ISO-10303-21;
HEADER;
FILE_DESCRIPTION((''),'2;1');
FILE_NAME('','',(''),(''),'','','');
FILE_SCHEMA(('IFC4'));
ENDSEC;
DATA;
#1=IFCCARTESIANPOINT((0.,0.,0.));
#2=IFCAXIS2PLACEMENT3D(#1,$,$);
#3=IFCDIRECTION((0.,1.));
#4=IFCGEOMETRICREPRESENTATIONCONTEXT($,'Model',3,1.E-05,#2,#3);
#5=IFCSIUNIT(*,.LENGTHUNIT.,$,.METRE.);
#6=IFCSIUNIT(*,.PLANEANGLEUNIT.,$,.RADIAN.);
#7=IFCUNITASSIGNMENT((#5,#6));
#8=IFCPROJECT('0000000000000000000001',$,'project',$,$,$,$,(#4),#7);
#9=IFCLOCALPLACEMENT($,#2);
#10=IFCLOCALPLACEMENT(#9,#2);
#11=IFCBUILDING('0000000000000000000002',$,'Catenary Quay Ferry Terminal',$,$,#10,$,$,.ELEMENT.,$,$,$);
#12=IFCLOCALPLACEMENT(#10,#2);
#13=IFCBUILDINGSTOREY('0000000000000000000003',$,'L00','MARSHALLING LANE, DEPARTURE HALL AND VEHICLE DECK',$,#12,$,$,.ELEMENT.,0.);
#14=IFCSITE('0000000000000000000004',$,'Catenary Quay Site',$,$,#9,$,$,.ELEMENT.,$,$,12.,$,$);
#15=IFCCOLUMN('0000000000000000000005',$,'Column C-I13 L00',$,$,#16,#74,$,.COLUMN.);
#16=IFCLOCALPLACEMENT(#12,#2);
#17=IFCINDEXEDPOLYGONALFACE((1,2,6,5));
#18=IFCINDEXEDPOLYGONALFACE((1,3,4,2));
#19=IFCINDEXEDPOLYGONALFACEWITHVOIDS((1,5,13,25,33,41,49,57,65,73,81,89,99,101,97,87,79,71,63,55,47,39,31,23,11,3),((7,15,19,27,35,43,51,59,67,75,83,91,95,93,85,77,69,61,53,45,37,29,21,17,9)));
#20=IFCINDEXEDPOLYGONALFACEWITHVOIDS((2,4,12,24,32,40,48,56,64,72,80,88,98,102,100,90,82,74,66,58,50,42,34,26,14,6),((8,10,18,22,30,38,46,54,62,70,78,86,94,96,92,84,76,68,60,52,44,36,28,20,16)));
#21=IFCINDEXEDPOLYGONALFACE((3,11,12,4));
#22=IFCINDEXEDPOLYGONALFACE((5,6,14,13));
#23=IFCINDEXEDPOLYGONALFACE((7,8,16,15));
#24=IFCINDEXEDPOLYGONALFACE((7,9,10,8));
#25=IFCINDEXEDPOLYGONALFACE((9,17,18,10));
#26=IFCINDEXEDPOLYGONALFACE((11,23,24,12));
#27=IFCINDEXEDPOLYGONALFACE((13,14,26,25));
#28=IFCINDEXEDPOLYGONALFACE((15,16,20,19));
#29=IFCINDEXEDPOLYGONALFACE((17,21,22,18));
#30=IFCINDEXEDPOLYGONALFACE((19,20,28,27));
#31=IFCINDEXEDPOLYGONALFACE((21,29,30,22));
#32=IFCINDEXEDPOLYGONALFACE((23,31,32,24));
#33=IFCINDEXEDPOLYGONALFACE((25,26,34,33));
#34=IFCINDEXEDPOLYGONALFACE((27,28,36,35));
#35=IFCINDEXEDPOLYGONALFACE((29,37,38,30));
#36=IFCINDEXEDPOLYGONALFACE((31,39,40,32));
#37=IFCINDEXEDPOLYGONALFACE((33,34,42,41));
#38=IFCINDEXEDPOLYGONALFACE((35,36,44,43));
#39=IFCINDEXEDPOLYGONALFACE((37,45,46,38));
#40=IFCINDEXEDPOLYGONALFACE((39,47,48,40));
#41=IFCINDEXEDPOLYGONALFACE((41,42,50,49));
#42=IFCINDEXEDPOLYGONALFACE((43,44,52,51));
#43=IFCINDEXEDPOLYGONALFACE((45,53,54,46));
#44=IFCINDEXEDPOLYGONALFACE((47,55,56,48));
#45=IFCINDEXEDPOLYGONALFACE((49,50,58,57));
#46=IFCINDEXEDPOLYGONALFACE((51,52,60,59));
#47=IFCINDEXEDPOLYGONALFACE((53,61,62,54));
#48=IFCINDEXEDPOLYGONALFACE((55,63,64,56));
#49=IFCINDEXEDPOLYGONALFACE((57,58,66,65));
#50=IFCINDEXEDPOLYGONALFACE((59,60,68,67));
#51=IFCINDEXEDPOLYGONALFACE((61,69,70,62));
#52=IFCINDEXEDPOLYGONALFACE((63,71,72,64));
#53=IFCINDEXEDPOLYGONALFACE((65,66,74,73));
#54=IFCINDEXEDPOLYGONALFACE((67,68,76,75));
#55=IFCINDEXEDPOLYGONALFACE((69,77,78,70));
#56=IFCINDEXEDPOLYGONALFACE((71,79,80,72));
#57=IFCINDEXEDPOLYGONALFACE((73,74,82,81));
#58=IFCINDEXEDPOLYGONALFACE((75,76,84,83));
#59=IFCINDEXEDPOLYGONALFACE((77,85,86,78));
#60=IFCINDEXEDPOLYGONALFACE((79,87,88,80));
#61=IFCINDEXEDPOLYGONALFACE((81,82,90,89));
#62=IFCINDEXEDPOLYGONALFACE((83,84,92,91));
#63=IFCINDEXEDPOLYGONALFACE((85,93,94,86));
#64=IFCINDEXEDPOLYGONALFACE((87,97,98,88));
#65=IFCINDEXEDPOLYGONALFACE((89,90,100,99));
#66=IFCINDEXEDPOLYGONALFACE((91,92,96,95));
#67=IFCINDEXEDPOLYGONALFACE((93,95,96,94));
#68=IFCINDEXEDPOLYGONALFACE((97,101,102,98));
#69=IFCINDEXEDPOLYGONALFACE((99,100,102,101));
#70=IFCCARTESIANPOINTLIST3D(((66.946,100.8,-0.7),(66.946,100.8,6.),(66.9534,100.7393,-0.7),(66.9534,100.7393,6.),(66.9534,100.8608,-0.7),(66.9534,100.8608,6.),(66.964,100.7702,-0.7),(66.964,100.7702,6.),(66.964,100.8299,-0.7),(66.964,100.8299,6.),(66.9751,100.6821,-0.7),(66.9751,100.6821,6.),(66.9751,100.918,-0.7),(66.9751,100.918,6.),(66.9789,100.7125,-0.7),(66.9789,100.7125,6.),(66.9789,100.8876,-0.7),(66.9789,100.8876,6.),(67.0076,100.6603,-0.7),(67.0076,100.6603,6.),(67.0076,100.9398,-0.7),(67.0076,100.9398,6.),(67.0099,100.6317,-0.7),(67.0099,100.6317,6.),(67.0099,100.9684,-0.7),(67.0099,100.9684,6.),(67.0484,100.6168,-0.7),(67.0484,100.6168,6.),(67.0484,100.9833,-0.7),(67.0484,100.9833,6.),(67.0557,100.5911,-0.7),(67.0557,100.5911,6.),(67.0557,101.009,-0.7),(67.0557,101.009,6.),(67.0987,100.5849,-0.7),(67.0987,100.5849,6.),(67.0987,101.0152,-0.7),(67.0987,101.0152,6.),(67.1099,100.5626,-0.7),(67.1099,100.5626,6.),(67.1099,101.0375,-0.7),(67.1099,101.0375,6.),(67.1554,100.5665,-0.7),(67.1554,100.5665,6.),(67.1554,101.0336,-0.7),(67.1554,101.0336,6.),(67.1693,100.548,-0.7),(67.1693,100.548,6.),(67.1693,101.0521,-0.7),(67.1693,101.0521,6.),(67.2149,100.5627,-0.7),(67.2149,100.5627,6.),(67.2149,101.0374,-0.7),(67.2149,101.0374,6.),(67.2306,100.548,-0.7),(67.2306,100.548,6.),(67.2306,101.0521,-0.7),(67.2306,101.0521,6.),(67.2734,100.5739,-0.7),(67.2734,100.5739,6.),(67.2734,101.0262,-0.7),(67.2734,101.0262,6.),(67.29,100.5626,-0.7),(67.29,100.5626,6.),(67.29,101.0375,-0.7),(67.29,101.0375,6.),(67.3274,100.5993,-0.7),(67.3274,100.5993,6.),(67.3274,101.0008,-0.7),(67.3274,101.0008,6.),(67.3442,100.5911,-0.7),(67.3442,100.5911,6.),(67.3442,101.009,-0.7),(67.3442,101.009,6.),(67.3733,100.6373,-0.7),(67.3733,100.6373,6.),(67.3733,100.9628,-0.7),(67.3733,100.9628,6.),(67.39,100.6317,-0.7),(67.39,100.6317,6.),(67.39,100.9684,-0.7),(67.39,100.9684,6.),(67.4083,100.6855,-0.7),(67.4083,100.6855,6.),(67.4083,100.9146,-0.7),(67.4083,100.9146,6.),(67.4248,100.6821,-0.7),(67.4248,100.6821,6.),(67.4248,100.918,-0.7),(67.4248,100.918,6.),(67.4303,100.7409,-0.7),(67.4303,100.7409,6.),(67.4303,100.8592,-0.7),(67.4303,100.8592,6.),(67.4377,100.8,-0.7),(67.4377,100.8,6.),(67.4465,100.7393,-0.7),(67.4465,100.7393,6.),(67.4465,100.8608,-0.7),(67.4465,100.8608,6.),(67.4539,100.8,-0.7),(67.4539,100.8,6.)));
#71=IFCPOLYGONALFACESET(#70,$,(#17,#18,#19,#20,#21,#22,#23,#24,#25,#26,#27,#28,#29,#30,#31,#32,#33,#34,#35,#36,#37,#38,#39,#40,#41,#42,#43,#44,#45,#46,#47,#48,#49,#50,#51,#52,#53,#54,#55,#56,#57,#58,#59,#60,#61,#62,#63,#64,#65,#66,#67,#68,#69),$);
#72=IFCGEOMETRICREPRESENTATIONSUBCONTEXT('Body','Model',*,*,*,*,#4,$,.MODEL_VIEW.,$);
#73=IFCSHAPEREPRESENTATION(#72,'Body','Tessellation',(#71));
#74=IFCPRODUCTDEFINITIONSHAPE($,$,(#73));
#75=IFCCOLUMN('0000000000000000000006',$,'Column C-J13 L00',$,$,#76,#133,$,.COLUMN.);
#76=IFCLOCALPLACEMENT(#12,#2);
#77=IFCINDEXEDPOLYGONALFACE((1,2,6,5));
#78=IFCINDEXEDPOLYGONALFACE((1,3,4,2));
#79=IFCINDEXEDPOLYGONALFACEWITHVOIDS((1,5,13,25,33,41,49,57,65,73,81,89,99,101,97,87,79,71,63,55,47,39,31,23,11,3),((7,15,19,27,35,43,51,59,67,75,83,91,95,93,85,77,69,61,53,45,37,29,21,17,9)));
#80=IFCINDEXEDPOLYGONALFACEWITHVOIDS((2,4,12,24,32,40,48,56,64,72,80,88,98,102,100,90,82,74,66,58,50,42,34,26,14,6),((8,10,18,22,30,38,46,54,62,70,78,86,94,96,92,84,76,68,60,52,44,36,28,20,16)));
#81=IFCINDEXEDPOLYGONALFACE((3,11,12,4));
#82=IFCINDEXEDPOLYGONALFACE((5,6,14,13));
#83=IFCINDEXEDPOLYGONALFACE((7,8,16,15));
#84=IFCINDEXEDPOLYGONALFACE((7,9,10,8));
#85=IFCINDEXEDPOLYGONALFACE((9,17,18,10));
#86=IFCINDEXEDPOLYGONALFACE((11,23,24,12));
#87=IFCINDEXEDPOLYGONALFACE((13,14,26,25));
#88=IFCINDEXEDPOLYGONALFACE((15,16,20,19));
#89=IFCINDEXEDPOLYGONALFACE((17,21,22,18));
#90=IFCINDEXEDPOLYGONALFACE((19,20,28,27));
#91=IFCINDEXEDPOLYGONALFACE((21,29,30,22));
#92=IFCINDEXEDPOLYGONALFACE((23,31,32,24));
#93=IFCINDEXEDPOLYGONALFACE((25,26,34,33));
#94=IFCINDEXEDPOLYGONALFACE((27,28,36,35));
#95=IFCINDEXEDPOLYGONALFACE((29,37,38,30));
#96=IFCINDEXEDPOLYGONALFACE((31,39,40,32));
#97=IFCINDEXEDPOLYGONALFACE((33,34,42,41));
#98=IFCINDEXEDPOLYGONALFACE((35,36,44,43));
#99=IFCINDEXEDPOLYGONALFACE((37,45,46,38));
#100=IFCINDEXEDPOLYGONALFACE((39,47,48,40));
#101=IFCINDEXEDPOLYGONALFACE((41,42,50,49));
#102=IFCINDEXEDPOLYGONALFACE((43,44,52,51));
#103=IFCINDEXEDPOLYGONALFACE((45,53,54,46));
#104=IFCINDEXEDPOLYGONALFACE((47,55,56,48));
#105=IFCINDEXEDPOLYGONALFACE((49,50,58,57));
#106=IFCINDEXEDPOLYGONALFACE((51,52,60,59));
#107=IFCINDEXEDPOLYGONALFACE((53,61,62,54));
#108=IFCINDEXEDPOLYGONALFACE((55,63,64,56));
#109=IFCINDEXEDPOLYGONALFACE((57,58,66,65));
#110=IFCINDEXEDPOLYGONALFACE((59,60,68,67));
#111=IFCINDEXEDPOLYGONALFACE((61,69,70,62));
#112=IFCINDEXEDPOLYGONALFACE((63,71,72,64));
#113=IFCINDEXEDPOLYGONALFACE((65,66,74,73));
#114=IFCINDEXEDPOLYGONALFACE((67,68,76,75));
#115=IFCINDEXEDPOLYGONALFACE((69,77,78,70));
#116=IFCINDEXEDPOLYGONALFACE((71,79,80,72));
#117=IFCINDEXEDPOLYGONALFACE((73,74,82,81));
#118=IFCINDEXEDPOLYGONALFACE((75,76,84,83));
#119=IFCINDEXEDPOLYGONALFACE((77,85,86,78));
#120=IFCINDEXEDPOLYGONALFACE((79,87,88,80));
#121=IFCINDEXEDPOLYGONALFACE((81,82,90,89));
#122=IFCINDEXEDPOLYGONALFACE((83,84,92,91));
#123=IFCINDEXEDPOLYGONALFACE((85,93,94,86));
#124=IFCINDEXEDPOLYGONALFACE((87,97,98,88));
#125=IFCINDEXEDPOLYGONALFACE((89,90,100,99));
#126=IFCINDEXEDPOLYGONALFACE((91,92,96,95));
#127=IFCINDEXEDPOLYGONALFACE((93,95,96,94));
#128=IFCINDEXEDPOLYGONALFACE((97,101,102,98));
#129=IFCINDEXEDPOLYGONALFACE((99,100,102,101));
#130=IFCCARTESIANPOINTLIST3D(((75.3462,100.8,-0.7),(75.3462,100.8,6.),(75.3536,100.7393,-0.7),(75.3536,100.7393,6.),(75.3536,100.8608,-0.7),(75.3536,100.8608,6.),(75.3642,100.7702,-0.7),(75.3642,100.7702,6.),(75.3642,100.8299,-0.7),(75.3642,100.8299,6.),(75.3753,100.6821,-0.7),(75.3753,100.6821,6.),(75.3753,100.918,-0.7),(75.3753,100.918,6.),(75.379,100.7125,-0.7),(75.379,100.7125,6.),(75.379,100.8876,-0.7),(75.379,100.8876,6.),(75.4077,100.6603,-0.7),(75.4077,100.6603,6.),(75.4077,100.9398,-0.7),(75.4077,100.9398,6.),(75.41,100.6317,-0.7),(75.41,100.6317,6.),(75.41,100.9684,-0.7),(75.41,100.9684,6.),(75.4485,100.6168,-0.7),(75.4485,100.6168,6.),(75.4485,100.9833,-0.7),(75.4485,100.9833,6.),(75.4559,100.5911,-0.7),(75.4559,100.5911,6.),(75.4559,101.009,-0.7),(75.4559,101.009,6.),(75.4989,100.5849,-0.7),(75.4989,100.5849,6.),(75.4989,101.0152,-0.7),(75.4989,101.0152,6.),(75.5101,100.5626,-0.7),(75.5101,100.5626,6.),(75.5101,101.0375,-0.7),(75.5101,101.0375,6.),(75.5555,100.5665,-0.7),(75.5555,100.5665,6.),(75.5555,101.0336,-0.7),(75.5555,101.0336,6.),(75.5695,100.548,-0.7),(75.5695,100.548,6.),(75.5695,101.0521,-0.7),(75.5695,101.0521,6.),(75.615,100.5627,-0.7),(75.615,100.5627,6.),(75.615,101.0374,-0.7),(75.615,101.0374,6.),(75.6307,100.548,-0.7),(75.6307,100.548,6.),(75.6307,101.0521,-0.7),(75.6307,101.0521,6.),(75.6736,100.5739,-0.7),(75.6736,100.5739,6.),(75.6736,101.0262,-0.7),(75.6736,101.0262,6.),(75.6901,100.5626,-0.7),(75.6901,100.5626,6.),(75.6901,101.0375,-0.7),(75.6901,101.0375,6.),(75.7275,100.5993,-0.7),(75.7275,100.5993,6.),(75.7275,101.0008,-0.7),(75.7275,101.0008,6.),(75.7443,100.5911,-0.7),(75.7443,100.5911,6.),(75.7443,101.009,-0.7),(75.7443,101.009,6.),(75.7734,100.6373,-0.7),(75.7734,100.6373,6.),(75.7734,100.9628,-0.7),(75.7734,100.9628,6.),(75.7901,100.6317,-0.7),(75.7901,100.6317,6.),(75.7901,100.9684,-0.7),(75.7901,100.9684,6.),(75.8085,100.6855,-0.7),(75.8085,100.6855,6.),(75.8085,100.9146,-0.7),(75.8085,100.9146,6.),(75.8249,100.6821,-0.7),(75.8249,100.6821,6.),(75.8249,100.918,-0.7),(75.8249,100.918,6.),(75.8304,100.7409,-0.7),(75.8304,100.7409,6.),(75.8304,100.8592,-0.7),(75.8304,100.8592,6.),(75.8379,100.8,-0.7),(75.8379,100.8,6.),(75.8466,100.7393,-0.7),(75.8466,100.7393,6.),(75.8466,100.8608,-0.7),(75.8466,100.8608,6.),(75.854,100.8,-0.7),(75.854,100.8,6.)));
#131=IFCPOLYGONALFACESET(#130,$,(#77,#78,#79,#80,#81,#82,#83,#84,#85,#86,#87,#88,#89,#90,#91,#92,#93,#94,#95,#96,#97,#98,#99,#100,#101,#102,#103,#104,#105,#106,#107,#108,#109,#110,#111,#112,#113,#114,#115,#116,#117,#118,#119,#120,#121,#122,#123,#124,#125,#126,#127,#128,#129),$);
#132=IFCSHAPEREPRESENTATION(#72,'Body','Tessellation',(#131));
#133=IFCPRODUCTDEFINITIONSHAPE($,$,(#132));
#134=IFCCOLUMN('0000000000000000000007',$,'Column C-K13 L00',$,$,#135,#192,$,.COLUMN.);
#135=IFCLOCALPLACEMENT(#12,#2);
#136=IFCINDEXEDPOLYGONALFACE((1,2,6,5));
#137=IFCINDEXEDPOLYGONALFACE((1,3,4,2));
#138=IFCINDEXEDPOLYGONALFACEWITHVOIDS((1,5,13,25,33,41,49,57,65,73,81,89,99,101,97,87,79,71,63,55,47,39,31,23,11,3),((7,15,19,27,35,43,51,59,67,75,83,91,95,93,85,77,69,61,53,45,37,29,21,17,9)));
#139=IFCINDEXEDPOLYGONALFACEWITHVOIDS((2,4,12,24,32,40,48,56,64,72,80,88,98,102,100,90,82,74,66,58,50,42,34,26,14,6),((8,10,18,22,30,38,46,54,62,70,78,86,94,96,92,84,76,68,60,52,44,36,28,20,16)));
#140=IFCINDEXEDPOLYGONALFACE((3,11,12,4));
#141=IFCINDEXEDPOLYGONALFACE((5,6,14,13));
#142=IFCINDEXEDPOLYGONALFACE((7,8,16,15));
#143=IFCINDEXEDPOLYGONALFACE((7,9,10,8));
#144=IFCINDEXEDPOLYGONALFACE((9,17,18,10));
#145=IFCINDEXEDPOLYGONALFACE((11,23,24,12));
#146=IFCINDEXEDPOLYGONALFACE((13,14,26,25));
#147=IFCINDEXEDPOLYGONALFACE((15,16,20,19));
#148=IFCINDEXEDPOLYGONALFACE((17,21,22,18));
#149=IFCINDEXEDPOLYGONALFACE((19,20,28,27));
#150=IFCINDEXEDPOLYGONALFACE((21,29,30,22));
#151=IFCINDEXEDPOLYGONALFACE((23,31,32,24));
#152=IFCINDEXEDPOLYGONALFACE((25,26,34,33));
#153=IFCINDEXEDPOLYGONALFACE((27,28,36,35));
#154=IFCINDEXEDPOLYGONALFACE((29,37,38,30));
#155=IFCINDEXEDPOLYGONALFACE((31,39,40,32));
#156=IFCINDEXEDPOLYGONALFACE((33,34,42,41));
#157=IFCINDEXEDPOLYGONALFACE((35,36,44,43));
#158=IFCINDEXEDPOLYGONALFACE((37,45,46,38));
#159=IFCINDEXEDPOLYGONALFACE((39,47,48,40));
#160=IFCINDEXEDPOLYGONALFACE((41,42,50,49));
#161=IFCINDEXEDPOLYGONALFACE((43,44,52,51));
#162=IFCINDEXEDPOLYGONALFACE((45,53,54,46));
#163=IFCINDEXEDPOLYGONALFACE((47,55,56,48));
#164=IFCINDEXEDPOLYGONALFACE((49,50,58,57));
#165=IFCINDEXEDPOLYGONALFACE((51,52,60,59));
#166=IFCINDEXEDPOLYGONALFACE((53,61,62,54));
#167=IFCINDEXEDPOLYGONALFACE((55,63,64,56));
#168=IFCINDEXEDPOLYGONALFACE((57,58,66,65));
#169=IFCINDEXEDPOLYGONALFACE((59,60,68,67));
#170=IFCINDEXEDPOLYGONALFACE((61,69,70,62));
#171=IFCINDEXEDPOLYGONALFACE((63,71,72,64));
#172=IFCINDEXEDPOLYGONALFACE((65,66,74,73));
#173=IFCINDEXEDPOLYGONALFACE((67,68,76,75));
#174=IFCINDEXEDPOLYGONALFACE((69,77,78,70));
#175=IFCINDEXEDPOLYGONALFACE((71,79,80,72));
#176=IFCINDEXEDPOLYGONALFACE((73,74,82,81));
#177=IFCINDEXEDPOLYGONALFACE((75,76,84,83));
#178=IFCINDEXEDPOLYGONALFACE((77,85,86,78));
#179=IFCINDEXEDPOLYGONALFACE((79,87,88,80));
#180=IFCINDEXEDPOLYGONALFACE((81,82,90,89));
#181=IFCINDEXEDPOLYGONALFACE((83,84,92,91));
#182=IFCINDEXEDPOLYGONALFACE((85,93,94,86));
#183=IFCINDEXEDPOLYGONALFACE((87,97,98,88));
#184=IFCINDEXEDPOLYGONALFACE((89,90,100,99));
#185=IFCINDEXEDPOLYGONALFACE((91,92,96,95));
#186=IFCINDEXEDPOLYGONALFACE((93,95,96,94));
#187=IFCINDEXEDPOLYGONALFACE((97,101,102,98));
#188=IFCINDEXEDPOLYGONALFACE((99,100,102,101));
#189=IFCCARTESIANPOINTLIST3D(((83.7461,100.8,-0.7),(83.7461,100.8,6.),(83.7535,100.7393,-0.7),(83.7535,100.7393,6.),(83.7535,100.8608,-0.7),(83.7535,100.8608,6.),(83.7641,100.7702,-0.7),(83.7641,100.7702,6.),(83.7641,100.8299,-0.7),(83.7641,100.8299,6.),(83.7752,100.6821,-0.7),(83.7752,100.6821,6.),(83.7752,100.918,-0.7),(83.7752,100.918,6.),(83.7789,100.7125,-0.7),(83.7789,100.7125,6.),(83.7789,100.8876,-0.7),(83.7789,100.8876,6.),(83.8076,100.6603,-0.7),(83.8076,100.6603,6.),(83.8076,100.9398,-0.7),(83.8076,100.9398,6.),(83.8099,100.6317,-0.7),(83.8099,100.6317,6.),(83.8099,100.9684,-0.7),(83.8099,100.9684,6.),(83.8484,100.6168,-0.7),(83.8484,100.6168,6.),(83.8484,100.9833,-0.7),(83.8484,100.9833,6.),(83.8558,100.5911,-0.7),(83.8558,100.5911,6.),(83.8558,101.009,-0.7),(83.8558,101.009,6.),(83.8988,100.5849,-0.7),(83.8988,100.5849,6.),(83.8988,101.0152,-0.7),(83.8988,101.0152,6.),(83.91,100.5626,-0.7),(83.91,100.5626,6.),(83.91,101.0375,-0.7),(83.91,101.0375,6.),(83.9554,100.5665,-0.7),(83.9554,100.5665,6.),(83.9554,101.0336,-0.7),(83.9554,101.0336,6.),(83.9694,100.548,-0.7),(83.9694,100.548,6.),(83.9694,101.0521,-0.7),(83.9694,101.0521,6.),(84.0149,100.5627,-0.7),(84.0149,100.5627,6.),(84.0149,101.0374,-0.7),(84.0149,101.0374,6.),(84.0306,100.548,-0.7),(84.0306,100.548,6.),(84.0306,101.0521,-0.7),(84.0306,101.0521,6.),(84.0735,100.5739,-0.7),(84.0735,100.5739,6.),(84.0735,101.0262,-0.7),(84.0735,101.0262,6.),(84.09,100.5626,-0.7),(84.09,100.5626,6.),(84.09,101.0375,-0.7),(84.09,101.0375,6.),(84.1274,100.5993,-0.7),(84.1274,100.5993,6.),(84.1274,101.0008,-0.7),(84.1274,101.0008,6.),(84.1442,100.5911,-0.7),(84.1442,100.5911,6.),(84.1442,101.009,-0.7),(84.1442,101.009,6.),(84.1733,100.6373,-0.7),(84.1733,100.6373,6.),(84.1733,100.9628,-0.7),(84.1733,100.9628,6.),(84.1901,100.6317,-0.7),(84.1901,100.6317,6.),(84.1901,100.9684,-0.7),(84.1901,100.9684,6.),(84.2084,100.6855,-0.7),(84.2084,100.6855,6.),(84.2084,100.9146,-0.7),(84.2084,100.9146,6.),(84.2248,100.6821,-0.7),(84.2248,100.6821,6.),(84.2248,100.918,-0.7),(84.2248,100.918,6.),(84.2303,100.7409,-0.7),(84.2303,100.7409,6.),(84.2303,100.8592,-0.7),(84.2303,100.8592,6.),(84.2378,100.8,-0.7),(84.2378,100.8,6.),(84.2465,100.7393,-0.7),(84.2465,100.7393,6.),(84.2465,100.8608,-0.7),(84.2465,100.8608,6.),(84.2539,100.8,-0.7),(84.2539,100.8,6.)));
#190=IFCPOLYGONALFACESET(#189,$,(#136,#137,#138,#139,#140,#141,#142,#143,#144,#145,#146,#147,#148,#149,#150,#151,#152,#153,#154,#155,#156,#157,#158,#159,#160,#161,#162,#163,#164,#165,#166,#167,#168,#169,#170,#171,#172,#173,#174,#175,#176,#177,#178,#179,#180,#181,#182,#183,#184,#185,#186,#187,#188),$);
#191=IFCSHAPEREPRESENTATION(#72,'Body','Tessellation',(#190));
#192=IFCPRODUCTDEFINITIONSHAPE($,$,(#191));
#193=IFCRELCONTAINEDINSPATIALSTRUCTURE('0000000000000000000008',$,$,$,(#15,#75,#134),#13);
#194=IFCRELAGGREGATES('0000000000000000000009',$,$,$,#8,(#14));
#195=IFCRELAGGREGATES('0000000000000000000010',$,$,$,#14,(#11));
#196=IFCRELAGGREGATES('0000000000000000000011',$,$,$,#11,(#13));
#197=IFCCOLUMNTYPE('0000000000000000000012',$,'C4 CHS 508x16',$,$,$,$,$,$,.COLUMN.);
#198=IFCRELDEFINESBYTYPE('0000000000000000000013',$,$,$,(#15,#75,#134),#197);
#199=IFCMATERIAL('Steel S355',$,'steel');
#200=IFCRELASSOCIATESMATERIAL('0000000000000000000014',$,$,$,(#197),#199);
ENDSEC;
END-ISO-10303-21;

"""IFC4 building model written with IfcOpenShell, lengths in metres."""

from ifc_helpers import new_model, si_unit, direction, frame, origin, origin_2d, place, context, subcontext, project, spatial, hollow_circle, extrude, material, material_profile, profile_set, type_object, element, save


model = new_model("IFC4")

# Units and contexts
model_context = context("Model", 3, precision=1e-05, world=origin(), true_north=direction((0.0, 1.0)))
body_context = subcontext(model_context, "Body", "Model", "MODEL_VIEW")
ifc_project = project(units=[si_unit("LENGTHUNIT", "METRE"), si_unit("PLANEANGLEUNIT", "RADIAN")], contexts=[model_context])

# Site, building, storey
site_placement = place(None, origin())
site = spatial("IfcSite", under=ifc_project, at=site_placement, Name="Catenary Quay Site", CompositionType="ELEMENT", RefElevation=12.0)
building_placement = place(site_placement, origin())
building = spatial("IfcBuilding", under=site, at=building_placement, Name="Catenary Quay Ferry Terminal", CompositionType="ELEMENT")
storey_placement = place(building_placement, origin())
storey = spatial("IfcBuildingStorey", under=building, at=storey_placement, Name="L00", Description="MARSHALLING LANE, DEPARTURE HALL AND VEHICLE DECK", CompositionType="ELEMENT", Elevation=0.0)

# Columns
ifc_material_1 = material(Name="Steel S355", Category="steel")
ifc_material_profile_1 = material_profile(ifc_material_1, hollow_circle(Radius=0.2539, WallThickness=0.0161, at=origin_2d()), Name="CHS 508x16")
ifc_profile_set_1 = profile_set([ifc_material_profile_1], Name="Steel S355")
column_type_1 = type_object("IfcColumnType", Name="C4 CHS 508x16", PredefinedType="COLUMN", material=ifc_profile_set_1)
for number, where, z_axis, x_axis, name in (
    (1, (67.2, 100.8, -0.7), (0.0, 0.0, 1.0), (1.0, 0.0, 0.0), "Column C-I13 L00"),
    (2, (75.6001, 100.8, -0.7), (0.0, 0.0, 1.0), (1.0, 0.0, 0.0), "Column C-J13 L00"),
    (3, (84.0, 100.8, -0.7), (0.0, 0.0, 1.0), (1.0, 0.0, 0.0), "Column C-K13 L00"),
):
    element("IfcColumn", number, at=place(storey_placement, frame(where, z_axis=z_axis, x_axis=x_axis)), inside=storey, type_object=column_type_1, Name=name, PredefinedType="COLUMN", context=body_context, shape_type="SweptSolid", body=[
        extrude(hollow_circle(Radius=0.2539, WallThickness=0.0161, at=origin_2d()), origin(), (0.0, 0.0, 1.0), 6.7),
    ])

save(model, "model.ifc")
